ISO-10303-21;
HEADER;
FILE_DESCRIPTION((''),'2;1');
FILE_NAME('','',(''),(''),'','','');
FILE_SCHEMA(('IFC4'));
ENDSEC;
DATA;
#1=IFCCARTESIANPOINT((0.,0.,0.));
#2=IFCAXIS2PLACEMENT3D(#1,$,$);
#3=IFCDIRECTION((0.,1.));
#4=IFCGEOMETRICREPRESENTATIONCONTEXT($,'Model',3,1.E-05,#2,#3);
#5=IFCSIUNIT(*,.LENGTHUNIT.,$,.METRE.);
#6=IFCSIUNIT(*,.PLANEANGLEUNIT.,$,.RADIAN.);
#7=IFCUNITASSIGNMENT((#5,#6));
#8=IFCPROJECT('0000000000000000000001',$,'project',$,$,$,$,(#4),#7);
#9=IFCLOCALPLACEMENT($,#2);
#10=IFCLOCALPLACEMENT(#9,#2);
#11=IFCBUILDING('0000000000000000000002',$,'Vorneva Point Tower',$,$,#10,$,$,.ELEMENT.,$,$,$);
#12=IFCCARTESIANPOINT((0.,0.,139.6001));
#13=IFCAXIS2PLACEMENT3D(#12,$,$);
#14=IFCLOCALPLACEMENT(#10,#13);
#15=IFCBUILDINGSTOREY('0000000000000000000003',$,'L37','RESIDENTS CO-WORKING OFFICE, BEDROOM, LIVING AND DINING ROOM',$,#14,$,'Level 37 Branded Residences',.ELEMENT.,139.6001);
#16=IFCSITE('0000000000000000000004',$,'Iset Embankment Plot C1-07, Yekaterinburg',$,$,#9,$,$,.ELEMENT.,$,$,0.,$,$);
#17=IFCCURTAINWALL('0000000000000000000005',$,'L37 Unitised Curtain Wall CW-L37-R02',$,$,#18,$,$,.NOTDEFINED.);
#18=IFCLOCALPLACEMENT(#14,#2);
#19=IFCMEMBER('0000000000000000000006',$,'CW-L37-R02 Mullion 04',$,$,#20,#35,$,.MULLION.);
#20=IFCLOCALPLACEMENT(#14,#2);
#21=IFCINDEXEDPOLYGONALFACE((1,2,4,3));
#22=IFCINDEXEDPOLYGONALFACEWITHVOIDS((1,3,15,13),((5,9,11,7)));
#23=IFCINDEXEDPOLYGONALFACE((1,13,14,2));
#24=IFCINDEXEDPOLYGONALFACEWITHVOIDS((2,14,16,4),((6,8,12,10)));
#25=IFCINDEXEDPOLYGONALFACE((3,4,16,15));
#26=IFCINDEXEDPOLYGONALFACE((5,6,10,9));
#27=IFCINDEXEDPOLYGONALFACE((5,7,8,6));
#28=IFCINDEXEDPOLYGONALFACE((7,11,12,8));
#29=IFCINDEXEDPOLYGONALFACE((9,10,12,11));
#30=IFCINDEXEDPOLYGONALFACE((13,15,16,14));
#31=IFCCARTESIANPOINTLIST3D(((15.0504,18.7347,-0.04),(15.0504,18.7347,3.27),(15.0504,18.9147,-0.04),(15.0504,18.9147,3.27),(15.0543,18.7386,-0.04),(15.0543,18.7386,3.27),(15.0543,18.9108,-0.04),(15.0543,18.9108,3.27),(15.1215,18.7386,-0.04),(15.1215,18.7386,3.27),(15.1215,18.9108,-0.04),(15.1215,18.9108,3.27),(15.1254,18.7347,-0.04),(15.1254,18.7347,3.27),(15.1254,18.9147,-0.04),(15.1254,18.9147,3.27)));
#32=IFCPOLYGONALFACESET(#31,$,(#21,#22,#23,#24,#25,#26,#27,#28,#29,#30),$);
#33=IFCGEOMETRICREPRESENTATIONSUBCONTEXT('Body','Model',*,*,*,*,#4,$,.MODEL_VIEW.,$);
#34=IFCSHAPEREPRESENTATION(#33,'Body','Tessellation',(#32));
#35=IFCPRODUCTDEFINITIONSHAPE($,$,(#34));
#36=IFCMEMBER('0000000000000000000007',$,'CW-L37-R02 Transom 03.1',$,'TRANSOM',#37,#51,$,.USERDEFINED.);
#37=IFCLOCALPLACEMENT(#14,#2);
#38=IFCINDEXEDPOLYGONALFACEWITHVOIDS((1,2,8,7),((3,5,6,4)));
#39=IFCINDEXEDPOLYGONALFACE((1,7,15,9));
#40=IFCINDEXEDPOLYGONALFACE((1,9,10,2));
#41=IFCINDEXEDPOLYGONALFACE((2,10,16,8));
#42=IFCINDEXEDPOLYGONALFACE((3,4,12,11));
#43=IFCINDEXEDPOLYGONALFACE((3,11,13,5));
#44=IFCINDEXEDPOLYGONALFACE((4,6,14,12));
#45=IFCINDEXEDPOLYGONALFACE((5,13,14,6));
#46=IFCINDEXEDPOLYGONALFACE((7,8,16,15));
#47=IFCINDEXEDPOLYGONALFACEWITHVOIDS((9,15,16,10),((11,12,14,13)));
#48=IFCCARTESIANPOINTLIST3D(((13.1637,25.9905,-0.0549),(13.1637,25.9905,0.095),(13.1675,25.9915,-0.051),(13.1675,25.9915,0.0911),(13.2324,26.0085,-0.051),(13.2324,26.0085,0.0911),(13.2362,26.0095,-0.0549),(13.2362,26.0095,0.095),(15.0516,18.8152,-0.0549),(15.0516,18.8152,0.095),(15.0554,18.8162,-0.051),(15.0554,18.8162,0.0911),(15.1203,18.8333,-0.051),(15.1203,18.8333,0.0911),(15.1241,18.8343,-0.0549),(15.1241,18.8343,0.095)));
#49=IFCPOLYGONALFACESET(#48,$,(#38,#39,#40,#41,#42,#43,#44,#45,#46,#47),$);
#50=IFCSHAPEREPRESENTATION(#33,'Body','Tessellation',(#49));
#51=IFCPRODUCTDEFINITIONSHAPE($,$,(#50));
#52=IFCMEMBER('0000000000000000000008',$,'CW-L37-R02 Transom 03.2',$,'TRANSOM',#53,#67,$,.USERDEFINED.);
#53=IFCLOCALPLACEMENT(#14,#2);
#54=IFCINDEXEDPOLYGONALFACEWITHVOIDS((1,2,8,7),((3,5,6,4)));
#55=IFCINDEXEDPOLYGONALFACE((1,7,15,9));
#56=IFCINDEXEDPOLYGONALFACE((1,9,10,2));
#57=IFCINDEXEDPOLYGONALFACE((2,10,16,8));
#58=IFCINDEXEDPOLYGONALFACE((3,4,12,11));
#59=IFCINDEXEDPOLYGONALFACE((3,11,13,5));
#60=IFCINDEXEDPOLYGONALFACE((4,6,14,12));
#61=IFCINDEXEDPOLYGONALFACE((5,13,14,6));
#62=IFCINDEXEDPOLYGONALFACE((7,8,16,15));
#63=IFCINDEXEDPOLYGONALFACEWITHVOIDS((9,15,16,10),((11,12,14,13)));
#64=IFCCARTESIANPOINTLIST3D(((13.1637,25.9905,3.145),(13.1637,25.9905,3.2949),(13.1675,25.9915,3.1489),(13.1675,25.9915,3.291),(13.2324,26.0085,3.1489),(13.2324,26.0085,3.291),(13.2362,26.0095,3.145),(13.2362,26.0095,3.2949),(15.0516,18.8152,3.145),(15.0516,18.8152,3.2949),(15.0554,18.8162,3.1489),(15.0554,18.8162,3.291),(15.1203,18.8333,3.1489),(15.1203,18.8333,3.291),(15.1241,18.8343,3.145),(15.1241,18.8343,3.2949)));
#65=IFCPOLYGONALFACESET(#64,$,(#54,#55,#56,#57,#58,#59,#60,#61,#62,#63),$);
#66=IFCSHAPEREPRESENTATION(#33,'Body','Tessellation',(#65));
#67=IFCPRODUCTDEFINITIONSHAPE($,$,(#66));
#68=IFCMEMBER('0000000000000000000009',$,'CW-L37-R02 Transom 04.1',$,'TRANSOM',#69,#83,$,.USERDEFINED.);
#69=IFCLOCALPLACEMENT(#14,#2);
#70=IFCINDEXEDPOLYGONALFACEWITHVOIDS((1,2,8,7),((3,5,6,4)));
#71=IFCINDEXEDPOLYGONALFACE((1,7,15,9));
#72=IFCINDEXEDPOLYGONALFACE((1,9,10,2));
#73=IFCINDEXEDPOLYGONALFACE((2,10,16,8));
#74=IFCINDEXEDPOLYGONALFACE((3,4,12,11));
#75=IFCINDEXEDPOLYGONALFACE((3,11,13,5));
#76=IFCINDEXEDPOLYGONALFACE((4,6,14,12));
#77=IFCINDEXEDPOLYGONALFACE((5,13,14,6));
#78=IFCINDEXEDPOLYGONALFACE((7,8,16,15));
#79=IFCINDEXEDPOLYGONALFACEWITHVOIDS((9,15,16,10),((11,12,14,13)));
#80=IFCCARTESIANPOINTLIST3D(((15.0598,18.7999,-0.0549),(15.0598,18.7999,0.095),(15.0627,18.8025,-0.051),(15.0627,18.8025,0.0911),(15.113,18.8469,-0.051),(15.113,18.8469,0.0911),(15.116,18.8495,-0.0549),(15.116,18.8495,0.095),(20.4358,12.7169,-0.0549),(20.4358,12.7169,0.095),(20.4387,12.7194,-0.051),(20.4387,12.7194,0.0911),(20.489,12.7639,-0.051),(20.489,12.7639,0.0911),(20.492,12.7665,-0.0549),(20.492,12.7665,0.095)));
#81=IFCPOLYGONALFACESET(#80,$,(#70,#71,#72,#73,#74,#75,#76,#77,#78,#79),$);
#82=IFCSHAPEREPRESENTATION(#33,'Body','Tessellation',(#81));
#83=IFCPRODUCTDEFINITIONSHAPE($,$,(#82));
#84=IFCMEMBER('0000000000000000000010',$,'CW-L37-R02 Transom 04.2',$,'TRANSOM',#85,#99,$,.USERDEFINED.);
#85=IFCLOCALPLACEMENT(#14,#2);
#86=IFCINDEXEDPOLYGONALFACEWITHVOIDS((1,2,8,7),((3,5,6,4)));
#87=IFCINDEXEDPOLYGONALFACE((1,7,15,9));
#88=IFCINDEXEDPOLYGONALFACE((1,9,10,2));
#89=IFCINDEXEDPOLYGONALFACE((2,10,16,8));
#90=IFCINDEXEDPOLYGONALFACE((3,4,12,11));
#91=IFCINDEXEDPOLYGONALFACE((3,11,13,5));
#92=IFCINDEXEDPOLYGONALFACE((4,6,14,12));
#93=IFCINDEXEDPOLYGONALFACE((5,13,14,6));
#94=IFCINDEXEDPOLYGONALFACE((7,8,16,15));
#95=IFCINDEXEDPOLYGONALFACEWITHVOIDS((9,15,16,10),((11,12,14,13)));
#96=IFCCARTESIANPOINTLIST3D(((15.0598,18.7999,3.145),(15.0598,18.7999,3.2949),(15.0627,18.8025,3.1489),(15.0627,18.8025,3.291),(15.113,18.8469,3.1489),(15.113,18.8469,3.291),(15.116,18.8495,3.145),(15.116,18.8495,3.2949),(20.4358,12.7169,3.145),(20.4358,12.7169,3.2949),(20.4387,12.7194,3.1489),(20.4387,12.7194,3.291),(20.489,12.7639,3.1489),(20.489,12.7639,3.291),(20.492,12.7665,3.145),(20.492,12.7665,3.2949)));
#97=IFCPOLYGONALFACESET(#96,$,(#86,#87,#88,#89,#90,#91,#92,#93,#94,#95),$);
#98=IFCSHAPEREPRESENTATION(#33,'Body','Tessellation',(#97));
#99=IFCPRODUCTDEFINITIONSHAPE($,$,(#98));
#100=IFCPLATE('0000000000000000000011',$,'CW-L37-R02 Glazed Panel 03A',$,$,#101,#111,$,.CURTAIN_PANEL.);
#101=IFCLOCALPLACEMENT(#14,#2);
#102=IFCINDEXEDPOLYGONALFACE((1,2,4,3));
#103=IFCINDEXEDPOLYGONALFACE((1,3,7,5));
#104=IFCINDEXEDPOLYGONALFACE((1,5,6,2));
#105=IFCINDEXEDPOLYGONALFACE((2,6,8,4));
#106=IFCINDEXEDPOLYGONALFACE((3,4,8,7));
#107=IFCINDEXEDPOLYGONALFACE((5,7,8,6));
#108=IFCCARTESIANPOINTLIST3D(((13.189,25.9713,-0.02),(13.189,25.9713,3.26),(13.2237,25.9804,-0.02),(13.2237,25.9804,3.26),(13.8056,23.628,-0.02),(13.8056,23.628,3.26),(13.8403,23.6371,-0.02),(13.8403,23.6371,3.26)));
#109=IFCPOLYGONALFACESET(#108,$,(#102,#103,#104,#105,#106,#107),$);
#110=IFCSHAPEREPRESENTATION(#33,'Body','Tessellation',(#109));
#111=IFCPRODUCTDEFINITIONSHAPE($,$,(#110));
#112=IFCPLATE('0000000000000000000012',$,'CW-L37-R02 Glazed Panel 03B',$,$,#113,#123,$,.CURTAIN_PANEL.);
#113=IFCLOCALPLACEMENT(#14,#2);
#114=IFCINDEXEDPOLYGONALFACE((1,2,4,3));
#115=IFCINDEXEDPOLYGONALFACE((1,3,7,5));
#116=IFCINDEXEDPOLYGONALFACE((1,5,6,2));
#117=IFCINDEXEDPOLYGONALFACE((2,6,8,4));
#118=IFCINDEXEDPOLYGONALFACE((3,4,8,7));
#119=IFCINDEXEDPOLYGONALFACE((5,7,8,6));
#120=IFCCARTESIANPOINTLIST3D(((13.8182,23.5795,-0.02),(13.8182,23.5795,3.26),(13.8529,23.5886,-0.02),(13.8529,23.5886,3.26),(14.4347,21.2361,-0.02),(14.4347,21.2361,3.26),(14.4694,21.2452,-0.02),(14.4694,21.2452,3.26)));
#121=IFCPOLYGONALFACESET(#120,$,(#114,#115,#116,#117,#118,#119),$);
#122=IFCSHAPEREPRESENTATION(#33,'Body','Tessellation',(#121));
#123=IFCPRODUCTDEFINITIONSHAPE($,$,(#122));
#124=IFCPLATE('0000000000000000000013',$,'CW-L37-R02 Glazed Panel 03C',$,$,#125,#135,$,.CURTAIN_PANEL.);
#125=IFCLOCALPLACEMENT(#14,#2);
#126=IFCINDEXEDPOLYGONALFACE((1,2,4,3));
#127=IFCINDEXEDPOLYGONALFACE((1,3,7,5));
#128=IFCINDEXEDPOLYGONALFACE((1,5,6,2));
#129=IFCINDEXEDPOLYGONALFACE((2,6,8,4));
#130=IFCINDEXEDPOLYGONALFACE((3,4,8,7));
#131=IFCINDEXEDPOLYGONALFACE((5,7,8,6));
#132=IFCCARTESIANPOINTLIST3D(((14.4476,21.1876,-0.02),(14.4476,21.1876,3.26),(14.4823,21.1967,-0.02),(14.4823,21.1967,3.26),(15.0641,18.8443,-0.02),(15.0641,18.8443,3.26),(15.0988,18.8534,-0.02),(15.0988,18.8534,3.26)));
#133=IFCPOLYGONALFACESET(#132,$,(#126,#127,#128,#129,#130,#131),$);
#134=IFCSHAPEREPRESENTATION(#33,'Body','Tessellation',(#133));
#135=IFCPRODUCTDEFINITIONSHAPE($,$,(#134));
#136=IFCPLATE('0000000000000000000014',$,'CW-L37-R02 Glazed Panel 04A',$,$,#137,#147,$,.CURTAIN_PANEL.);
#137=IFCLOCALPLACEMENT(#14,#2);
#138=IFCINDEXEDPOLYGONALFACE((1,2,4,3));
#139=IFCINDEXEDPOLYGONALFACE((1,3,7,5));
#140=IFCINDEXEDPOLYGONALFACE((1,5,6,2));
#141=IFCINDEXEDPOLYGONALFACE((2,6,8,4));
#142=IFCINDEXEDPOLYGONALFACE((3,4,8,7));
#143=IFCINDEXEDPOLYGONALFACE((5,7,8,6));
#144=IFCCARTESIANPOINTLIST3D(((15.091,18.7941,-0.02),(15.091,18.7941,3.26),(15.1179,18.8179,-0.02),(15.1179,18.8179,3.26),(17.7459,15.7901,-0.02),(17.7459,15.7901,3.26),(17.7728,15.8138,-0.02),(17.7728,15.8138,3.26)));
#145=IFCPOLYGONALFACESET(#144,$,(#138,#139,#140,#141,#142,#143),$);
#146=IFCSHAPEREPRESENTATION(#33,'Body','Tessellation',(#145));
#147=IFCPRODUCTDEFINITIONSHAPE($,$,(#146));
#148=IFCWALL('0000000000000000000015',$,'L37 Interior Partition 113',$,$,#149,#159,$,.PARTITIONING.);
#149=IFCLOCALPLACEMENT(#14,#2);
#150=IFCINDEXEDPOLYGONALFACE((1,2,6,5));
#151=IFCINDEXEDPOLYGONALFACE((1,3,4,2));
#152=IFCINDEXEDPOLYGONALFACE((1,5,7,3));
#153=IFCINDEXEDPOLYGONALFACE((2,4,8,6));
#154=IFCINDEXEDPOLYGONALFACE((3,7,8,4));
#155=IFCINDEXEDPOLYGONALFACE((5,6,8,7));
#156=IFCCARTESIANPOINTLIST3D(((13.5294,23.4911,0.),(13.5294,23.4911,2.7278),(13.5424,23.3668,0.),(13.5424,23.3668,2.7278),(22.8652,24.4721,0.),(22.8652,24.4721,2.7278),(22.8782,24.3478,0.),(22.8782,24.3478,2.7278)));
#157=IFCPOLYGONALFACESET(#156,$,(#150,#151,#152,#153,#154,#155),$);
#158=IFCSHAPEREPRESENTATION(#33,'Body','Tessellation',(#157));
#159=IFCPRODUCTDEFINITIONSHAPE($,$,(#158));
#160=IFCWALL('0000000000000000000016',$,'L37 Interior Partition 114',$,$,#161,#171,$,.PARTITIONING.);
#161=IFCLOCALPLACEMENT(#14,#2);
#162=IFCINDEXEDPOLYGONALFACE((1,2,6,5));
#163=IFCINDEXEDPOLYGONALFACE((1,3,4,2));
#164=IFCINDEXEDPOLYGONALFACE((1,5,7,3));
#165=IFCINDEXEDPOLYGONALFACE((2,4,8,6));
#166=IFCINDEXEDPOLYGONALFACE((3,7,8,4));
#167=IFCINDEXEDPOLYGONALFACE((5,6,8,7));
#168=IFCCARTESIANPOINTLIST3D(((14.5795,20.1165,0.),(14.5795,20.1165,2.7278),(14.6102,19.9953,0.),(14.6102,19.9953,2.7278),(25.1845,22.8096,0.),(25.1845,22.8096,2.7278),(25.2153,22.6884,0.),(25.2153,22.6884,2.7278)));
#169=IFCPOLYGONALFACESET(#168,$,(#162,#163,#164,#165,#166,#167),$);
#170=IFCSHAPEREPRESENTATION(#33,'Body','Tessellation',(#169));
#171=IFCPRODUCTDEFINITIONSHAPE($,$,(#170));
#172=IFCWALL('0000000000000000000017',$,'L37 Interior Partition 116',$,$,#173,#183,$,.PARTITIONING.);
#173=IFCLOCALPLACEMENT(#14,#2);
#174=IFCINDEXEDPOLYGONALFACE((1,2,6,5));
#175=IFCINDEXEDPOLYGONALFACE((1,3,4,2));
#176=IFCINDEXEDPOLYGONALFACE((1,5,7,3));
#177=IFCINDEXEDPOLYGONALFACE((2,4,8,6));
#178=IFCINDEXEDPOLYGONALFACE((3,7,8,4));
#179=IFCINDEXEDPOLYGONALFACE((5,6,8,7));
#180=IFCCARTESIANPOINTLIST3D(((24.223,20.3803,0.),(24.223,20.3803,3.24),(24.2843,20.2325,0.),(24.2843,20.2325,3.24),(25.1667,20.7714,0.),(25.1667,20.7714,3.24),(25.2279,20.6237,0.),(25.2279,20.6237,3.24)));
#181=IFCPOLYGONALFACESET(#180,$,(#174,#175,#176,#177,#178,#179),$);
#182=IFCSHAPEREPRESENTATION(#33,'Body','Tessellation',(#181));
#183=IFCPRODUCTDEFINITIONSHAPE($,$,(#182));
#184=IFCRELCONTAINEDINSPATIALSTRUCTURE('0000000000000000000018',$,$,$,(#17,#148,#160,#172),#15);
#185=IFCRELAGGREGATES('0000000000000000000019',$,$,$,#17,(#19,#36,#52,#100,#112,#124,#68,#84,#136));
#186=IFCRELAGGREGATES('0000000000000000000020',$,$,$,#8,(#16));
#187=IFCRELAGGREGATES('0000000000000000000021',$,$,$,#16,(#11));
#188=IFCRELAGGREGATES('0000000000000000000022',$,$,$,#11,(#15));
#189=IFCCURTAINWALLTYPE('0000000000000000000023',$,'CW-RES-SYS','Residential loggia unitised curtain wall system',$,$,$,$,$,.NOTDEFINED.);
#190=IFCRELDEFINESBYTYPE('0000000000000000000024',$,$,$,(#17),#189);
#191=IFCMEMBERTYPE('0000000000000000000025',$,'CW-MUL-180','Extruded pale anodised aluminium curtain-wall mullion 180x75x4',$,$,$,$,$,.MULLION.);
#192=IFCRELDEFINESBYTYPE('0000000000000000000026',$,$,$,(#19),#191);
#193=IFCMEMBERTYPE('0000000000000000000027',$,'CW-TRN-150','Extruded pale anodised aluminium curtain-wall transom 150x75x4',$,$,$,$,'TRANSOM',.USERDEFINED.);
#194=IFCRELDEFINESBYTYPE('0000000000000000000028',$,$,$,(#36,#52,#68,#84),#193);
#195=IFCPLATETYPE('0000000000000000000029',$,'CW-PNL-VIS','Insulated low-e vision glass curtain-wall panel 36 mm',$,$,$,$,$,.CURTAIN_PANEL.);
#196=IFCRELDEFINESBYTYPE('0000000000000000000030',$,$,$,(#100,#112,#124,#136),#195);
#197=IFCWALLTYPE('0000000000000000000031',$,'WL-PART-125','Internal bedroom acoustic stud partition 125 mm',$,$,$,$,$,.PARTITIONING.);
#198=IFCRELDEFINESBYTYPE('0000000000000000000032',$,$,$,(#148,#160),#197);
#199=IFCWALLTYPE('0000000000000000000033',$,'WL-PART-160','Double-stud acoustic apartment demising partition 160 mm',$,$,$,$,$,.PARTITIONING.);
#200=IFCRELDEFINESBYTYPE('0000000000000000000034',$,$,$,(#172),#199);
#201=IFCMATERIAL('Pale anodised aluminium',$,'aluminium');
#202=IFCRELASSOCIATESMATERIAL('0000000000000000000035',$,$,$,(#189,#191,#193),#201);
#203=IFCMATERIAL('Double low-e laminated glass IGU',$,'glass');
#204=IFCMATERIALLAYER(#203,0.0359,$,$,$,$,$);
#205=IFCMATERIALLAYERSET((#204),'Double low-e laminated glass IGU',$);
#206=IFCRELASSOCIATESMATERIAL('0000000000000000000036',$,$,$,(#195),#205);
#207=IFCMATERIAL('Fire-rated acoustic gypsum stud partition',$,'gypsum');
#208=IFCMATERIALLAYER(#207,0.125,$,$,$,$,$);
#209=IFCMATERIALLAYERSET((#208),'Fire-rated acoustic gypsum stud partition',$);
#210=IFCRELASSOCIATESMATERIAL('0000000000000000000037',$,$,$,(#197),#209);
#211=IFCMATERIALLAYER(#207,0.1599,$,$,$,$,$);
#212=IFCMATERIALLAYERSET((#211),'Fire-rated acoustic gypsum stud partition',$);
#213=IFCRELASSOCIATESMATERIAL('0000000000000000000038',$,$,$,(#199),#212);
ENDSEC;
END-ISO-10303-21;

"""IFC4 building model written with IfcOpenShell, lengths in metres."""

from ifc_helpers import new_model, si_unit, direction, frame, frame_2d, origin, origin_2d, place, context, subcontext, project, spatial, rectangle, hollow_rectangle, extrude, material, layer, layer_set, material_profile, profile_set, type_object, element, aggregate, save


model = new_model("IFC4")

# Units and contexts
model_context = context("Model", 3, precision=1e-05, world=origin(), true_north=direction((0.0, 1.0)))
body_context = subcontext(model_context, "Body", "Model", "MODEL_VIEW")
ifc_project = project(units=[si_unit("LENGTHUNIT", "METRE"), si_unit("PLANEANGLEUNIT", "RADIAN")], contexts=[model_context])

# Site, building, storey
site_placement = place(None, origin())
site = spatial("IfcSite", under=ifc_project, at=site_placement, Name="Iset Embankment Plot C1-07, Yekaterinburg", CompositionType="ELEMENT", RefElevation=0.0)
building_placement = place(site_placement, origin())
building = spatial("IfcBuilding", under=site, at=building_placement, Name="Vorneva Point Tower", CompositionType="ELEMENT")
storey_placement = place(building_placement, frame((0.0, 0.0, 139.6001)))
storey = spatial("IfcBuildingStorey", under=building, at=storey_placement, Name="L37", Description="RESIDENTS CO-WORKING OFFICE, BEDROOM, LIVING AND DINING ROOM", LongName="Level 37 Branded Residences", CompositionType="ELEMENT", Elevation=139.6001)

# Curtain wall, members, plates
ifc_material_1 = material(Name="Pale anodised aluminium", Category="aluminium")
curtain_wall_type = type_object("IfcCurtainWallType", Name="CW-RES-SYS", Description="Residential loggia unitised curtain wall system", PredefinedType="NOTDEFINED", material=ifc_material_1)
curtain_wall_placement = place(storey_placement, origin())
curtain_wall = element("IfcCurtainWall", 1, at=curtain_wall_placement, inside=storey, type_object=curtain_wall_type, Name="L37 Unitised Curtain Wall CW-L37-R02", PredefinedType="NOTDEFINED")
ifc_material_profile_1 = material_profile(ifc_material_1, hollow_rectangle(XDim=0.075, YDim=0.1799, WallThickness=0.0039, at=origin_2d()), Name="AL-MUL 180x75x4")
ifc_profile_set_1 = profile_set([ifc_material_profile_1], Name="Pale anodised aluminium")
member_type_1 = type_object("IfcMemberType", Name="CW-MUL-180", Description="Extruded pale anodised aluminium curtain-wall mullion 180x75x4", PredefinedType="MULLION", material=ifc_profile_set_1)
member_1_placement = place(storey_placement, frame((15.0879, 18.8247, -0.04), z_axis=(0.0, 0.0, 1.0), x_axis=(1.0, 0.0, 0.0)))
member_1 = element("IfcMember", 2, at=member_1_placement, type_object=member_type_1, Name="CW-L37-R02 Mullion 04", PredefinedType="MULLION", context=body_context, shape_type="SweptSolid", body=[
    extrude(hollow_rectangle(XDim=0.075, YDim=0.1799, WallThickness=0.0039, at=origin_2d()), origin(), (0.0, 0.0, 1.0), 3.3101),
])
ifc_material_profile_2 = material_profile(ifc_material_1, hollow_rectangle(XDim=0.075, YDim=0.1499, WallThickness=0.0039, at=origin_2d()), Name="AL-TRN 150x75x4")
ifc_profile_set_2 = profile_set([ifc_material_profile_2], Name="Pale anodised aluminium")
member_type_2 = type_object("IfcMemberType", Name="CW-TRN-150", Description="Extruded pale anodised aluminium curtain-wall transom 150x75x4", ElementType="TRANSOM", PredefinedType="USERDEFINED", material=ifc_profile_set_2)
member_2_placement = place(storey_placement, frame((13.2, 26.0, 0.02), z_axis=(0.254456, -0.967084, 0.0), x_axis=(0.967084, 0.254456, 0.0)))
member_2 = element("IfcMember", 3, at=member_2_placement, type_object=member_type_2, Name="CW-L37-R02 Transom 03.1", ObjectType="TRANSOM", PredefinedType="USERDEFINED", context=body_context, shape_type="SweptSolid", body=[
    extrude(hollow_rectangle(XDim=0.075, YDim=0.1499, WallThickness=0.0039, at=origin_2d()), origin(), (0.0, 0.0, 1.0), 7.4194),
])
member_3_placement = place(storey_placement, frame((13.2, 26.0, 3.22), z_axis=(0.254456, -0.967084, 0.0), x_axis=(0.967084, 0.254456, 0.0)))
member_3 = element("IfcMember", 4, at=member_3_placement, type_object=member_type_2, Name="CW-L37-R02 Transom 03.2", ObjectType="TRANSOM", PredefinedType="USERDEFINED", context=body_context, shape_type="SweptSolid", body=[
    extrude(hollow_rectangle(XDim=0.075, YDim=0.1499, WallThickness=0.0039, at=origin_2d()), origin(), (0.0, 0.0, 1.0), 7.4194),
])
member_4_placement = place(storey_placement, frame((15.0879, 18.8247, 0.02), z_axis=(0.662218, -0.749311, 0.0), x_axis=(0.749311, 0.662218, 0.0)))
member_4 = element("IfcMember", 5, at=member_4_placement, type_object=member_type_2, Name="CW-L37-R02 Transom 04.1", ObjectType="TRANSOM", PredefinedType="USERDEFINED", context=body_context, shape_type="SweptSolid", body=[
    extrude(hollow_rectangle(XDim=0.075, YDim=0.1499, WallThickness=0.0039, at=origin_2d()), origin(), (0.0, 0.0, 1.0), 8.1182),
])
member_5_placement = place(storey_placement, frame((15.0879, 18.8247, 3.22), z_axis=(0.662218, -0.749311, 0.0), x_axis=(0.749311, 0.662218, 0.0)))
member_5 = element("IfcMember", 6, at=member_5_placement, type_object=member_type_2, Name="CW-L37-R02 Transom 04.2", ObjectType="TRANSOM", PredefinedType="USERDEFINED", context=body_context, shape_type="SweptSolid", body=[
    extrude(hollow_rectangle(XDim=0.075, YDim=0.1499, WallThickness=0.0039, at=origin_2d()), origin(), (0.0, 0.0, 1.0), 8.1182),
])
ifc_material_2 = material(Name="Double low-e laminated glass IGU", Category="glass")
ifc_layer_1 = layer(ifc_material_2, 0.0359)
ifc_layer_set_1 = layer_set([ifc_layer_1], Name="Double low-e laminated glass IGU")
plate_type = type_object("IfcPlateType", Name="CW-PNL-VIS", Description="Insulated low-e vision glass curtain-wall panel 36 mm", PredefinedType="CURTAIN_PANEL", material=ifc_layer_set_1)
plate_1_placement = place(storey_placement, frame((13.5146, 24.8042, -0.02), z_axis=(0.0, 0.0, 1.0), x_axis=(0.254433, -0.96709, 0.0)))
plate_1 = element("IfcPlate", 7, at=plate_1_placement, type_object=plate_type, Name="CW-L37-R02 Glazed Panel 03A", PredefinedType="CURTAIN_PANEL", context=body_context, shape_type="SweptSolid", body=[
    extrude(rectangle(XDim=2.4231, YDim=0.0359, at=origin_2d()), origin(), (0.0, 0.0, 1.0), 3.28),
])
plate_2_placement = place(storey_placement, frame((14.1438, 22.4124, -0.02), z_axis=(0.0, 0.0, 1.0), x_axis=(0.254433, -0.96709, 0.0)))
plate_2 = element("IfcPlate", 8, at=plate_2_placement, type_object=plate_type, Name="CW-L37-R02 Glazed Panel 03B", PredefinedType="CURTAIN_PANEL", context=body_context, shape_type="SweptSolid", body=[
    extrude(rectangle(XDim=2.4231, YDim=0.0359, at=origin_2d()), origin(), (0.0, 0.0, 1.0), 3.28),
])
plate_3_placement = place(storey_placement, frame((14.7732, 20.0205, -0.02), z_axis=(0.0, 0.0, 1.0), x_axis=(0.254433, -0.96709, 0.0)))
plate_3 = element("IfcPlate", 9, at=plate_3_placement, type_object=plate_type, Name="CW-L37-R02 Glazed Panel 03C", PredefinedType="CURTAIN_PANEL", context=body_context, shape_type="SweptSolid", body=[
    extrude(rectangle(XDim=2.4231, YDim=0.0359, at=origin_2d()), origin(), (0.0, 0.0, 1.0), 3.28),
])
plate_4_placement = place(storey_placement, frame((16.4319, 17.304, -0.02), z_axis=(0.0, 0.0, 1.0), x_axis=(0.662215, -0.749314, 0.0)))
plate_4 = element("IfcPlate", 10, at=plate_4_placement, type_object=plate_type, Name="CW-L37-R02 Glazed Panel 04A", PredefinedType="CURTAIN_PANEL", context=body_context, shape_type="SweptSolid", body=[
    extrude(rectangle(XDim=4.009, YDim=0.0359, at=origin_2d()), origin(), (0.0, 0.0, 1.0), 3.28),
])
aggregate(curtain_wall, [member_1, member_2, member_3, plate_1, plate_2, plate_3, member_4, member_5, plate_4])

# Walls
ifc_material_3 = material(Name="Fire-rated acoustic gypsum stud partition", Category="gypsum")
ifc_layer_2 = layer(ifc_material_3, 0.125)
ifc_layer_set_2 = layer_set([ifc_layer_2], Name="Fire-rated acoustic gypsum stud partition")
wall_type_1 = type_object("IfcWallType", Name="WL-PART-125", Description="Internal bedroom acoustic stud partition 125 mm", PredefinedType="PARTITIONING", material=ifc_layer_set_2)
wall_1_placement = place(storey_placement, frame((13.5359, 23.429, 0.0), z_axis=(0.0, 0.0, 1.0), x_axis=(0.994525, 0.104501, 0.0)))
element("IfcWall", 11, at=wall_1_placement, inside=storey, type_object=wall_type_1, Name="L37 Interior Partition 113", PredefinedType="PARTITIONING", context=body_context, shape_type="SweptSolid", body=[
    extrude(rectangle(XDim=9.3872, YDim=0.125, at=frame_2d((4.6936, 0.0))), origin(), (0.0, 0.0, 1.0), 2.7278),
])
wall_2_placement = place(storey_placement, frame((14.595, 20.0559, 0.0), z_axis=(0.0, 0.0, 1.0), x_axis=(0.969235, 0.246136, 0.0)))
element("IfcWall", 12, at=wall_2_placement, inside=storey, type_object=wall_type_1, Name="L37 Interior Partition 114", PredefinedType="PARTITIONING", context=body_context, shape_type="SweptSolid", body=[
    extrude(rectangle(XDim=10.9417, YDim=0.125, at=frame_2d((5.4707, 0.0))), origin(), (0.0, 0.0, 1.0), 2.7278),
])
ifc_layer_3 = layer(ifc_material_3, 0.1599)
ifc_layer_set_3 = layer_set([ifc_layer_3], Name="Fire-rated acoustic gypsum stud partition")
wall_type_2 = type_object("IfcWallType", Name="WL-PART-160", Description="Double-stud acoustic apartment demising partition 160 mm", PredefinedType="PARTITIONING", material=ifc_layer_set_3)
wall_3_placement = place(storey_placement, frame((24.2537, 20.3064, 0.0), z_axis=(0.0, 0.0, 1.0), x_axis=(0.92379, 0.382901, 0.0)))
element("IfcWall", 13, at=wall_3_placement, inside=storey, type_object=wall_type_2, Name="L37 Interior Partition 116", PredefinedType="PARTITIONING", context=body_context, shape_type="SweptSolid", body=[
    extrude(rectangle(XDim=1.0215, YDim=0.1599, at=frame_2d((0.5107, 0.0))), origin(), (0.0, 0.0, 1.0), 3.24),
])

save(model, "model.ifc")
